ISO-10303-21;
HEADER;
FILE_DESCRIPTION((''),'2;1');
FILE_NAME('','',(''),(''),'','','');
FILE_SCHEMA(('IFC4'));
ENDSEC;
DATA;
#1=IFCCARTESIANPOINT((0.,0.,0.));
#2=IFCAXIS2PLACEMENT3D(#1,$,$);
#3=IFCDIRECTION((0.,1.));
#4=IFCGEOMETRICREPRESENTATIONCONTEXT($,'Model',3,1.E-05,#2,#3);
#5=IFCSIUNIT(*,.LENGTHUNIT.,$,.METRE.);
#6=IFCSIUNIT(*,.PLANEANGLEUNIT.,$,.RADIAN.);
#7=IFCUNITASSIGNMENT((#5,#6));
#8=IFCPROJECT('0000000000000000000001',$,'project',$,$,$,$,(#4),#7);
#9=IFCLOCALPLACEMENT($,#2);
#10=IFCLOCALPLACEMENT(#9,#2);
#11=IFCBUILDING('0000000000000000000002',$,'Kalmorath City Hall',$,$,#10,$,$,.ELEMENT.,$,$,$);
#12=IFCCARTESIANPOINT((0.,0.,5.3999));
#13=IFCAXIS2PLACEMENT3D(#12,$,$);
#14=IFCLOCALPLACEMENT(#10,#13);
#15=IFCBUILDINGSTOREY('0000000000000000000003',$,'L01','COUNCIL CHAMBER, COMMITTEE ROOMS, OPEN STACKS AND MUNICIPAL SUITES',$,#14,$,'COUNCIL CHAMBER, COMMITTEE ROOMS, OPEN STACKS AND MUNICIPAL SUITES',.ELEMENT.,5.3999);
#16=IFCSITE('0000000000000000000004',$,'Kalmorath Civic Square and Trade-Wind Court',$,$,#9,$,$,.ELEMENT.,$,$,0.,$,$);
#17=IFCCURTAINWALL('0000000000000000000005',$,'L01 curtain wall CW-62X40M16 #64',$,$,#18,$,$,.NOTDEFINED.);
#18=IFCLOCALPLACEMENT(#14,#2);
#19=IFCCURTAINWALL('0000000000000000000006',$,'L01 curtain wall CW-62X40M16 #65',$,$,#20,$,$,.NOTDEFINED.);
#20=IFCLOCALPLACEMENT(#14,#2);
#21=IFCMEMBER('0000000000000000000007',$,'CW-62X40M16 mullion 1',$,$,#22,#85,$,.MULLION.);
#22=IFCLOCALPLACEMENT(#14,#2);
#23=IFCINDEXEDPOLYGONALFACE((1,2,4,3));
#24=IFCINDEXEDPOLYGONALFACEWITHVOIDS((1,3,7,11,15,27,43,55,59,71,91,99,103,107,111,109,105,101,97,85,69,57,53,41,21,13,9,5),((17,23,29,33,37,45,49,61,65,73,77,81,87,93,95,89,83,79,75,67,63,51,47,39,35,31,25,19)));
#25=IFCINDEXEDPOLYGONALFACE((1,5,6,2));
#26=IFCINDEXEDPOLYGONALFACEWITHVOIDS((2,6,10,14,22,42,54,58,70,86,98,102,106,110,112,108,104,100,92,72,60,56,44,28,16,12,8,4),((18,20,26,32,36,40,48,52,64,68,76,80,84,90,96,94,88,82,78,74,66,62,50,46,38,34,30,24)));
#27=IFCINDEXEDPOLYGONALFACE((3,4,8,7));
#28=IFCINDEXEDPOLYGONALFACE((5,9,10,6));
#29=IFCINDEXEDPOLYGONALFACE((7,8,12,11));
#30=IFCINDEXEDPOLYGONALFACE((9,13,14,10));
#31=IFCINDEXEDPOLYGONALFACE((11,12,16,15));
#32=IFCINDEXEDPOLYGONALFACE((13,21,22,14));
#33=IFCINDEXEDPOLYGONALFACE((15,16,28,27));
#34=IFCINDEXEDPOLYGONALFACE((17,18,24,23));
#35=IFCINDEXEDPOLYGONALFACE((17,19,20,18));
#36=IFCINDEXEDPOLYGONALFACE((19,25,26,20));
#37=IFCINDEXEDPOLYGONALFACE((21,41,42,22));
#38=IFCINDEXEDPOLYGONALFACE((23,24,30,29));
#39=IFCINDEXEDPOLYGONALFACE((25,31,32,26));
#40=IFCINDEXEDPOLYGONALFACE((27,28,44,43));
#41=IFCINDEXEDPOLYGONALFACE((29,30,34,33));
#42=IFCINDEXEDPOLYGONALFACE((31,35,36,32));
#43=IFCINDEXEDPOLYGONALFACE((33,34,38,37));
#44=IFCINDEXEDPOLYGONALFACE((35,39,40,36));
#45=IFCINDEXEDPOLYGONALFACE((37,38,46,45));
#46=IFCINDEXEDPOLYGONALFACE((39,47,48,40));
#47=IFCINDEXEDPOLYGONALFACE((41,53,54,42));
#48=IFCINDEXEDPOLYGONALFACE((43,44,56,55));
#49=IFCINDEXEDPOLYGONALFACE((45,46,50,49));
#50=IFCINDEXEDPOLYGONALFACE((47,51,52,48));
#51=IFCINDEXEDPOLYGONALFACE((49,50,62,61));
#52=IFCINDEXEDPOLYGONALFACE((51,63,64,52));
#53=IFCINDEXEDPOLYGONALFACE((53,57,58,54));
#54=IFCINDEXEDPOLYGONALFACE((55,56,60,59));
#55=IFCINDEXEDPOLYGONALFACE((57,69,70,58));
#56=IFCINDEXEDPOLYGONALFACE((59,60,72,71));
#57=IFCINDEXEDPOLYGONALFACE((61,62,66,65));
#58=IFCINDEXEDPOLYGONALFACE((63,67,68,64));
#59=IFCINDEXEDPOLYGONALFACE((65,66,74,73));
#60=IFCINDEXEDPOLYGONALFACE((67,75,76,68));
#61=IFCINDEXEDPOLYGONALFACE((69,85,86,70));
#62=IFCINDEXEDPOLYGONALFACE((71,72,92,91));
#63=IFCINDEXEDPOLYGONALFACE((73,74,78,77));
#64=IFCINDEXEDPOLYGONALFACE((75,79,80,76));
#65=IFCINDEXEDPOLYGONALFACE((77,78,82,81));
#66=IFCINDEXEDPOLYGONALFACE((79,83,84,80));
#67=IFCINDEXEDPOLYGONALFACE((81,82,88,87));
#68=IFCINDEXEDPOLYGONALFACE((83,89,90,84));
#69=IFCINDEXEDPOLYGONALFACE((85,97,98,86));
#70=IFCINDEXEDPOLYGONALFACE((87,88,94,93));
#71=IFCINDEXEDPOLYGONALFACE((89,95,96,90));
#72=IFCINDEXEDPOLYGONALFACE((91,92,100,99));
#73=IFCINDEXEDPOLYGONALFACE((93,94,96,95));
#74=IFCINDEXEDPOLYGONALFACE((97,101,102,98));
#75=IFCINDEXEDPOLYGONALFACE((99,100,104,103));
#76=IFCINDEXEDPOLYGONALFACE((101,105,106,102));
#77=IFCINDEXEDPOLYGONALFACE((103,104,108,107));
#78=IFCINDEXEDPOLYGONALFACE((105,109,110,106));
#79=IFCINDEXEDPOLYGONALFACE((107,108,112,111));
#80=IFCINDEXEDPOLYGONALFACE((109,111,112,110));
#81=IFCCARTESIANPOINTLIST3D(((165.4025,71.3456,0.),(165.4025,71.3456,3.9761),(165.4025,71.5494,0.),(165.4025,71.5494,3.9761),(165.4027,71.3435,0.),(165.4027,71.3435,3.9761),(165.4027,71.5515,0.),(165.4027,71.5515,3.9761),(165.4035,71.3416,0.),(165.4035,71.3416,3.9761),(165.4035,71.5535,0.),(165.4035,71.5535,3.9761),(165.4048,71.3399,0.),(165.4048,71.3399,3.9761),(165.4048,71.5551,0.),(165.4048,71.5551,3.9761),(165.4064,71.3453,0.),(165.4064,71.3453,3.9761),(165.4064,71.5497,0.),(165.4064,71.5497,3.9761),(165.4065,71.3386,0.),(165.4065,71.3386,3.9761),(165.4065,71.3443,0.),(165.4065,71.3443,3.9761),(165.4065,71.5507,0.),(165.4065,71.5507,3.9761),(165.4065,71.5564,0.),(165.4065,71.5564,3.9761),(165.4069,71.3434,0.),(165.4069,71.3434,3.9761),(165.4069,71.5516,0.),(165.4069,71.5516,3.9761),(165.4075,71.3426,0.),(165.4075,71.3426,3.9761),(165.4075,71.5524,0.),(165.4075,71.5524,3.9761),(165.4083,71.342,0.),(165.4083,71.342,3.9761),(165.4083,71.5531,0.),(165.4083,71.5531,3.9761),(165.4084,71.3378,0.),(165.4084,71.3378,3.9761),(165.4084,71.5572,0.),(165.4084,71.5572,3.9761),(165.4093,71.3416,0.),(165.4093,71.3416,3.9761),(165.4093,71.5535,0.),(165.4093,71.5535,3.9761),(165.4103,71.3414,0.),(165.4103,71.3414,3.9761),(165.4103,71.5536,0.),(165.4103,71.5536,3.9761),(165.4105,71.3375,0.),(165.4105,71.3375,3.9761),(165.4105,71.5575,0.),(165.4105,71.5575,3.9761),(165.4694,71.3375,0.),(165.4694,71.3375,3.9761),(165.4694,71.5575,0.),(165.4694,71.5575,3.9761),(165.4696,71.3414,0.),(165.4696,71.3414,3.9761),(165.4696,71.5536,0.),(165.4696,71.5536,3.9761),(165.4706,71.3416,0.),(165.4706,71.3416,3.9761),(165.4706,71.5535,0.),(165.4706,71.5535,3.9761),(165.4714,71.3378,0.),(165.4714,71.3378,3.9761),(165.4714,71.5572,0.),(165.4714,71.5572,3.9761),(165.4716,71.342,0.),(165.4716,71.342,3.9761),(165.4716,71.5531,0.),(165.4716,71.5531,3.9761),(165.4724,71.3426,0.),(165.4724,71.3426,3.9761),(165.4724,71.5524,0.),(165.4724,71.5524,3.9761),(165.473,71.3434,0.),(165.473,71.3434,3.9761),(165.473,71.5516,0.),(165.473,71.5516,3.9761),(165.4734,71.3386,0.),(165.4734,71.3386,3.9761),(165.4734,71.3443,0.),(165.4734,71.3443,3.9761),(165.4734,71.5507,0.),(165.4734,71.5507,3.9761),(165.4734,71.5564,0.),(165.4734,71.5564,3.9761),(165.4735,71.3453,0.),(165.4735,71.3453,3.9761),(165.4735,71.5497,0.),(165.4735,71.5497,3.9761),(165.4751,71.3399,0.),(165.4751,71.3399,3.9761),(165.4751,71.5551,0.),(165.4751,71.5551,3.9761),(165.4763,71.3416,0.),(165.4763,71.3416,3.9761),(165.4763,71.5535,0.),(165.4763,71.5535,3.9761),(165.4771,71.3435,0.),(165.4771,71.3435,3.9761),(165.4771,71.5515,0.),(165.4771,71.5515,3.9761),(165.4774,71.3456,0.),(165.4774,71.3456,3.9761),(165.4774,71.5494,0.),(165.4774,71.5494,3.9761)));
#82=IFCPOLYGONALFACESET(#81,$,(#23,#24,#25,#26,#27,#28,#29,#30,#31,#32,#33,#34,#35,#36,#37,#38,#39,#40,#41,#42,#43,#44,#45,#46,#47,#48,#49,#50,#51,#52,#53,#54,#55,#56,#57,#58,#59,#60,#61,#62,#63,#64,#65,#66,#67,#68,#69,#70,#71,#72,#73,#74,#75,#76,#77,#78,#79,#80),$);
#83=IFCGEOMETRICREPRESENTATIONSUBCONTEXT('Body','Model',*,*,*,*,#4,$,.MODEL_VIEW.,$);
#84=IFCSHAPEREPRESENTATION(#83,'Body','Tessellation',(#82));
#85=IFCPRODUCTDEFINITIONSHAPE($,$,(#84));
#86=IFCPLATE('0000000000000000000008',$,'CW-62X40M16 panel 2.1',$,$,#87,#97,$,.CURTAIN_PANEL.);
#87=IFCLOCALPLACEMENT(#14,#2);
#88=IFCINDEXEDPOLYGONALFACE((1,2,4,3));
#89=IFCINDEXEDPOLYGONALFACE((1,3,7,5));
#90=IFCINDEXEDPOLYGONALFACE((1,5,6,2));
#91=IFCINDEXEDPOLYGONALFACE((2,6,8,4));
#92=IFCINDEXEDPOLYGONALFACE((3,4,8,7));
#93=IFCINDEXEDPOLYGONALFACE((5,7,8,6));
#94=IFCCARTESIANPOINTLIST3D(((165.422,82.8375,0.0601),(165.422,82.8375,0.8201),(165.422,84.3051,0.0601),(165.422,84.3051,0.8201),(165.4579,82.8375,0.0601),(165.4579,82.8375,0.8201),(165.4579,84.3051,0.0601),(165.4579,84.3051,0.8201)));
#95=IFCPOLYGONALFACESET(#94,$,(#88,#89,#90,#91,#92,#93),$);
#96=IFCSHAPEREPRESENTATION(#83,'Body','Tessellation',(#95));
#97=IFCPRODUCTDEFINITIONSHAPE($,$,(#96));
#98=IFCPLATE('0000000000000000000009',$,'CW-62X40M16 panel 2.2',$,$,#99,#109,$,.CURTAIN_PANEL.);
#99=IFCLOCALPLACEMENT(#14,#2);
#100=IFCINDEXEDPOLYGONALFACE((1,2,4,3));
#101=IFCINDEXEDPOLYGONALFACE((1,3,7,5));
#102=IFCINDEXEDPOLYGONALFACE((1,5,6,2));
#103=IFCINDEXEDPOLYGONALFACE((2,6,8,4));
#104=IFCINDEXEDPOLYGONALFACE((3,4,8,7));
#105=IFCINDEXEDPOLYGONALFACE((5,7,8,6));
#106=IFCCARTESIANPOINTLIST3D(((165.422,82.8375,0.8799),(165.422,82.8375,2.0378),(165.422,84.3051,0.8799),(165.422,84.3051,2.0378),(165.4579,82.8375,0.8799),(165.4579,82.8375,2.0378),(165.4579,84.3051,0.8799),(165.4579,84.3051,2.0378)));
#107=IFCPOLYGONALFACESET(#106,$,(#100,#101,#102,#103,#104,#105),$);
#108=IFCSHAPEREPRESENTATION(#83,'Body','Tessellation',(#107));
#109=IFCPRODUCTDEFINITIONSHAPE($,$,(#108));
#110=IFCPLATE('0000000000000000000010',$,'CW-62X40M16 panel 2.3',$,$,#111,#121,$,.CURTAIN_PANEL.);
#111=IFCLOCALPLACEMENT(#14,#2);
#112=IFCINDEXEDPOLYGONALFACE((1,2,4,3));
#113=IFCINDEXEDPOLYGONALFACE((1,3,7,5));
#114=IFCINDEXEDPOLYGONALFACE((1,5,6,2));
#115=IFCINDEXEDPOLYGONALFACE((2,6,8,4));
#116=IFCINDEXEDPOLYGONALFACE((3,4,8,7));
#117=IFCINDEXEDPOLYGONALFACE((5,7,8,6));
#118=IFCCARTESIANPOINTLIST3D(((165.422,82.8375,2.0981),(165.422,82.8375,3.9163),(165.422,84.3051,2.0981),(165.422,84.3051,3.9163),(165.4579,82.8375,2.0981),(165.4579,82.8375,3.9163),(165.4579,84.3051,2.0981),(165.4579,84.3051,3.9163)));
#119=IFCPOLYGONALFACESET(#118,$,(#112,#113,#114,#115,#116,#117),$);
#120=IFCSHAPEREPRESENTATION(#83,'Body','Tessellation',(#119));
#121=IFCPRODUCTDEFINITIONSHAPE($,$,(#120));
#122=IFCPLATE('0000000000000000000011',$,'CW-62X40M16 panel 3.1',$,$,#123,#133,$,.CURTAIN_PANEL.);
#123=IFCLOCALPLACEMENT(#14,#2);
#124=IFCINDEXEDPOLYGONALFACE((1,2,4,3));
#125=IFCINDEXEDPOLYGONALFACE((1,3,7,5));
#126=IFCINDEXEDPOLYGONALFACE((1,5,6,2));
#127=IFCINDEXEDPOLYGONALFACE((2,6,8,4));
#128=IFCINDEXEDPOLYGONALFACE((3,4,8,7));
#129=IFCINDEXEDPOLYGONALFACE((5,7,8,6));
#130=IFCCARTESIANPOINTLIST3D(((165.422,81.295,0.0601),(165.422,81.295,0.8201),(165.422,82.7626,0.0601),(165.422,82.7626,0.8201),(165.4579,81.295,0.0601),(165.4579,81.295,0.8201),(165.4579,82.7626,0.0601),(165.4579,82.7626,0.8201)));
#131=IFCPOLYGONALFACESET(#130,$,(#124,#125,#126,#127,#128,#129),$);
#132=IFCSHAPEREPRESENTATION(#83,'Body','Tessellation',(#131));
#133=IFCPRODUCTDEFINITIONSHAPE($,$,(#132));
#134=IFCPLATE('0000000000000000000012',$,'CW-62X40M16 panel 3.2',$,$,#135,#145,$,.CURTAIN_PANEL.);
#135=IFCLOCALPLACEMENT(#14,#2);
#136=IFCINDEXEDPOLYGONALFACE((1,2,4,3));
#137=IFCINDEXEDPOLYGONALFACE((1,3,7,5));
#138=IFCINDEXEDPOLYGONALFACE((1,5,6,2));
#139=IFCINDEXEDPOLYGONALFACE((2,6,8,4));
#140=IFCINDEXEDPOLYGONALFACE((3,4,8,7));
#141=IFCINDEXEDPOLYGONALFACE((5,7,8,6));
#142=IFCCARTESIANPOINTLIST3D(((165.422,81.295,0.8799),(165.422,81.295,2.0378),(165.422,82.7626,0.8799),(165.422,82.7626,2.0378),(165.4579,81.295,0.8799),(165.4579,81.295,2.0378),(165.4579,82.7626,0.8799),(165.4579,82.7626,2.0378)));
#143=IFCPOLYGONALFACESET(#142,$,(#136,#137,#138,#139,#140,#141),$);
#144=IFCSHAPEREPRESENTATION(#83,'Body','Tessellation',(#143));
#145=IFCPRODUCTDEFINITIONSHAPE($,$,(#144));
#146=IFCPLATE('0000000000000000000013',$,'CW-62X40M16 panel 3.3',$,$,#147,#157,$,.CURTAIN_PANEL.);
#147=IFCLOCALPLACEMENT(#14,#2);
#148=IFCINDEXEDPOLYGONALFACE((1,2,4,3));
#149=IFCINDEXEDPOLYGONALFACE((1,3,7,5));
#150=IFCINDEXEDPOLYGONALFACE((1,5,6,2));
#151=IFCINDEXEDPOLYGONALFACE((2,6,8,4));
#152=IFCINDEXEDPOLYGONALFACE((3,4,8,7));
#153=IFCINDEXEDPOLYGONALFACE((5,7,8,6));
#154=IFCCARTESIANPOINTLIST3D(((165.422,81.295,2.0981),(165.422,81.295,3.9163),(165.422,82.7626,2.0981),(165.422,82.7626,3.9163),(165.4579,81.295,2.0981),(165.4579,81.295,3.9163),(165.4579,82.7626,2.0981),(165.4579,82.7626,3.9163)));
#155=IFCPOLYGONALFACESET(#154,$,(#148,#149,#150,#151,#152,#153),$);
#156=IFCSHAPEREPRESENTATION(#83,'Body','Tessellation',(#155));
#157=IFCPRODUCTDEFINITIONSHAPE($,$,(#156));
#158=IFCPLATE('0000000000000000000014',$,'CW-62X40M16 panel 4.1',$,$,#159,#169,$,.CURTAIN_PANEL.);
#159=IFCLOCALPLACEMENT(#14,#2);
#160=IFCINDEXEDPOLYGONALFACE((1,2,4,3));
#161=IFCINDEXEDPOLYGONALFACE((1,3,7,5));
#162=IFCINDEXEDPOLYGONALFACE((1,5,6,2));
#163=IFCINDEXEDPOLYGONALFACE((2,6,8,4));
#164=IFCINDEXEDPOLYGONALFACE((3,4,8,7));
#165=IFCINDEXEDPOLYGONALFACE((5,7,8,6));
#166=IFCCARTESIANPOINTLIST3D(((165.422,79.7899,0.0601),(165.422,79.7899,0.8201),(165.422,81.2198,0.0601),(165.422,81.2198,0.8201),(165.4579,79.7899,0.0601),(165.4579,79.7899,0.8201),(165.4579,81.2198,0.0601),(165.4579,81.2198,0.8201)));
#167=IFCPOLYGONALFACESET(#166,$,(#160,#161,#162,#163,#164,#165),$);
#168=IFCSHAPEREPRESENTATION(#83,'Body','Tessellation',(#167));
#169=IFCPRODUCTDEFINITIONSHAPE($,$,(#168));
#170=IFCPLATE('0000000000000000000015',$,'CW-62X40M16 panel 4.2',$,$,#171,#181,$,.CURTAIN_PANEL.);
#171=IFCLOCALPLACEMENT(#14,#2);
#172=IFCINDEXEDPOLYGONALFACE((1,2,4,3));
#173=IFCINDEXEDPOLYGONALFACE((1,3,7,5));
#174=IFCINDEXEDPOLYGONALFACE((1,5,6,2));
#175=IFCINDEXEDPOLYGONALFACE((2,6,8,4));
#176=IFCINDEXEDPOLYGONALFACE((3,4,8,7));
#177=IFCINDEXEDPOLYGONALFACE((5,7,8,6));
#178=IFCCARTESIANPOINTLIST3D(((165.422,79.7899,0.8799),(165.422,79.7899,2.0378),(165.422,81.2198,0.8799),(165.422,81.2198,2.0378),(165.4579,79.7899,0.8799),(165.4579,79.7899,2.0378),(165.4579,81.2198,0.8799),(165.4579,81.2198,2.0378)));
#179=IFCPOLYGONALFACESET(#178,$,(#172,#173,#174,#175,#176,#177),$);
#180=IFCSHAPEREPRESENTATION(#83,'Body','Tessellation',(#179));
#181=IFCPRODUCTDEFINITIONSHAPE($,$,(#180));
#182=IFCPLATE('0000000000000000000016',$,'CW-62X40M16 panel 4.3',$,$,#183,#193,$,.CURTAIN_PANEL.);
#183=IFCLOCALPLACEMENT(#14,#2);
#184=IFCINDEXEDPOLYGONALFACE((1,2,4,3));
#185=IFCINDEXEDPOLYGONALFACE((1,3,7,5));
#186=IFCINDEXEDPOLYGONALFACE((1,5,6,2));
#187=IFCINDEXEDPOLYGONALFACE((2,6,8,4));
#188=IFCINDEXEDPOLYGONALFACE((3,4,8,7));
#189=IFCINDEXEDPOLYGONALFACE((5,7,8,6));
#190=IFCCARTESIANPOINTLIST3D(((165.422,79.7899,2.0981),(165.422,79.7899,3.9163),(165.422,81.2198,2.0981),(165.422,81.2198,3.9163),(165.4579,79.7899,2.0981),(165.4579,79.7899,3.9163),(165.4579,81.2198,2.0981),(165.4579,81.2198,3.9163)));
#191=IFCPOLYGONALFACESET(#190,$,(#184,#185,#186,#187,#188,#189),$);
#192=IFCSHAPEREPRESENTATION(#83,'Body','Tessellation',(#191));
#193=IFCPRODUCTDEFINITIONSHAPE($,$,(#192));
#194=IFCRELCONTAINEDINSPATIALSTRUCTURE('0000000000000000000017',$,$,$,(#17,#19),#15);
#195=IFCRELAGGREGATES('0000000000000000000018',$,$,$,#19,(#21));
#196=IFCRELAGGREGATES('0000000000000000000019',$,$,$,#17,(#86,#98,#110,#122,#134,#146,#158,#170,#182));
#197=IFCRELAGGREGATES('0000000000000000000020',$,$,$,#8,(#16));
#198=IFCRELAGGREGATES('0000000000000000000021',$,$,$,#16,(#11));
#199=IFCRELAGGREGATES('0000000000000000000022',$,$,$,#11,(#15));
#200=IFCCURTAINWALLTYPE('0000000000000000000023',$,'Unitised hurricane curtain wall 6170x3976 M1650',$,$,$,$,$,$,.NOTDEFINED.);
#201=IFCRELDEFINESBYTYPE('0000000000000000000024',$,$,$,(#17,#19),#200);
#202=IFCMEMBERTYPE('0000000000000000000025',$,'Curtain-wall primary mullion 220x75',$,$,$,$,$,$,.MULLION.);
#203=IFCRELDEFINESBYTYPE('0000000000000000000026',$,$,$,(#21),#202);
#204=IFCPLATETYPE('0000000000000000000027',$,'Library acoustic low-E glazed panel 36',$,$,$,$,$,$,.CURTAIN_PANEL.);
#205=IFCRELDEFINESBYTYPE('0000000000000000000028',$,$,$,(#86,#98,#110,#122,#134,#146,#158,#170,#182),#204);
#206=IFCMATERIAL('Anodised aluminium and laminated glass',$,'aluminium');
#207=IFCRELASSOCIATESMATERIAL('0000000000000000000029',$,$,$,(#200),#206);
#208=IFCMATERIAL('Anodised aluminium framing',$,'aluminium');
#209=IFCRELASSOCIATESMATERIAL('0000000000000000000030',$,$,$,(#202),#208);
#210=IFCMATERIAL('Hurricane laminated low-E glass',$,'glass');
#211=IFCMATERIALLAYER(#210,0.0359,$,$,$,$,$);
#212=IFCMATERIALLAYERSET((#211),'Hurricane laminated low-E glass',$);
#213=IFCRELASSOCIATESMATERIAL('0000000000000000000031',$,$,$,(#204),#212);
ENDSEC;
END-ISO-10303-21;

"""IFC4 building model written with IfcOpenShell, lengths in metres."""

from ifc_helpers import new_model, si_unit, direction, frame, origin, origin_2d, place, context, subcontext, project, spatial, rectangle, hollow_rectangle, extrude, material, layer, layer_set, material_profile, profile_set, type_object, element, aggregate, save


model = new_model("IFC4")

# Units and contexts
model_context = context("Model", 3, precision=1e-05, world=origin(), true_north=direction((0.0, 1.0)))
body_context = subcontext(model_context, "Body", "Model", "MODEL_VIEW")
ifc_project = project(units=[si_unit("LENGTHUNIT", "METRE"), si_unit("PLANEANGLEUNIT", "RADIAN")], contexts=[model_context])

# Site, building, storey
site_placement = place(None, origin())
site = spatial("IfcSite", under=ifc_project, at=site_placement, Name="Kalmorath Civic Square and Trade-Wind Court", CompositionType="ELEMENT", RefElevation=0.0)
building_placement = place(site_placement, origin())
building = spatial("IfcBuilding", under=site, at=building_placement, Name="Kalmorath City Hall", CompositionType="ELEMENT")
storey_placement = place(building_placement, frame((0.0, 0.0, 5.3999)))
storey = spatial("IfcBuildingStorey", under=building, at=storey_placement, Name="L01", Description="COUNCIL CHAMBER, COMMITTEE ROOMS, OPEN STACKS AND MUNICIPAL SUITES", LongName="COUNCIL CHAMBER, COMMITTEE ROOMS, OPEN STACKS AND MUNICIPAL SUITES", CompositionType="ELEMENT", Elevation=5.3999)

# Curtain wall
ifc_material_1 = material(Name="Anodised aluminium and laminated glass", Category="aluminium")
curtain_wall_type = type_object("IfcCurtainWallType", Name="Unitised hurricane curtain wall 6170x3976 M1650", PredefinedType="NOTDEFINED", material=ifc_material_1)
curtain_wall_1_placement = place(storey_placement, origin())
curtain_wall_1 = element("IfcCurtainWall", 1, at=curtain_wall_1_placement, inside=storey, type_object=curtain_wall_type, Name="L01 curtain wall CW-62X40M16 #64", PredefinedType="NOTDEFINED")
ifc_material_2 = material(Name="Anodised aluminium framing", Category="aluminium")
ifc_material_profile_1 = material_profile(ifc_material_2, hollow_rectangle(XDim=0.075, YDim=0.22, WallThickness=0.0039, InnerFilletRadius=0.0039, OuterFilletRadius=0.0081, at=origin_2d()), Name="ALU-MUL-220X75X4")
ifc_profile_set_1 = profile_set([ifc_material_profile_1], Name="Anodised aluminium framing")
member_type_1 = type_object("IfcMemberType", Name="Curtain-wall primary mullion 220x75", PredefinedType="MULLION", material=ifc_profile_set_1)

# Curtain wall, member
curtain_wall_2_placement = place(storey_placement, origin())
curtain_wall_2 = element("IfcCurtainWall", 2, at=curtain_wall_2_placement, inside=storey, type_object=curtain_wall_type, Name="L01 curtain wall CW-62X40M16 #65", PredefinedType="NOTDEFINED")
member_1_placement = place(storey_placement, frame((165.4399, 71.4475, 0.0), z_axis=(0.0, 0.0, 1.0), x_axis=(1.0, 0.0, 0.0)))
member_1 = element("IfcMember", 3, at=member_1_placement, type_object=member_type_1, Name="CW-62X40M16 mullion 1", PredefinedType="MULLION", context=body_context, shape_type="SweptSolid", body=[
    extrude(hollow_rectangle(XDim=0.075, YDim=0.22, WallThickness=0.0039, InnerFilletRadius=0.0039, OuterFilletRadius=0.0081, at=origin_2d()), origin(), (0.0, 0.0, 1.0), 3.9761),
])
aggregate(curtain_wall_2, [member_1])

# Plates
ifc_material_3 = material(Name="Hurricane laminated low-E glass", Category="glass")
ifc_layer_1 = layer(ifc_material_3, 0.0359)
ifc_layer_set_1 = layer_set([ifc_layer_1], Name="Hurricane laminated low-E glass")
plate_type = type_object("IfcPlateType", Name="Library acoustic low-E glazed panel 36", PredefinedType="CURTAIN_PANEL", material=ifc_layer_set_1)
plate_1_placement = place(storey_placement, frame((165.4399, 83.5713, 0.0601), z_axis=(0.0, 0.0, 1.0), x_axis=(0.0, -1.0, 0.0)))
plate_1 = element("IfcPlate", 4, at=plate_1_placement, type_object=plate_type, Name="CW-62X40M16 panel 2.1", PredefinedType="CURTAIN_PANEL", context=body_context, shape_type="SweptSolid", body=[
    extrude(rectangle(XDim=1.4675, YDim=0.0359, at=origin_2d()), origin(), (0.0, 0.0, 1.0), 0.76),
])
plate_2_placement = place(storey_placement, frame((165.4399, 83.5713, 0.8799), z_axis=(0.0, 0.0, 1.0), x_axis=(0.0, -1.0, 0.0)))
plate_2 = element("IfcPlate", 5, at=plate_2_placement, type_object=plate_type, Name="CW-62X40M16 panel 2.2", PredefinedType="CURTAIN_PANEL", context=body_context, shape_type="SweptSolid", body=[
    extrude(rectangle(XDim=1.4675, YDim=0.0359, at=origin_2d()), origin(), (0.0, 0.0, 1.0), 1.158),
])
plate_3_placement = place(storey_placement, frame((165.4399, 83.5713, 2.0981), z_axis=(0.0, 0.0, 1.0), x_axis=(0.0, -1.0, 0.0)))
plate_3 = element("IfcPlate", 6, at=plate_3_placement, type_object=plate_type, Name="CW-62X40M16 panel 2.3", PredefinedType="CURTAIN_PANEL", context=body_context, shape_type="SweptSolid", body=[
    extrude(rectangle(XDim=1.4675, YDim=0.0359, at=origin_2d()), origin(), (0.0, 0.0, 1.0), 1.8181),
])
plate_4_placement = place(storey_placement, frame((165.4399, 82.0288, 0.0601), z_axis=(0.0, 0.0, 1.0), x_axis=(0.0, -1.0, 0.0)))
plate_4 = element("IfcPlate", 7, at=plate_4_placement, type_object=plate_type, Name="CW-62X40M16 panel 3.1", PredefinedType="CURTAIN_PANEL", context=body_context, shape_type="SweptSolid", body=[
    extrude(rectangle(XDim=1.4675, YDim=0.0359, at=origin_2d()), origin(), (0.0, 0.0, 1.0), 0.76),
])
plate_5_placement = place(storey_placement, frame((165.4399, 82.0288, 0.8799), z_axis=(0.0, 0.0, 1.0), x_axis=(0.0, -1.0, 0.0)))
plate_5 = element("IfcPlate", 8, at=plate_5_placement, type_object=plate_type, Name="CW-62X40M16 panel 3.2", PredefinedType="CURTAIN_PANEL", context=body_context, shape_type="SweptSolid", body=[
    extrude(rectangle(XDim=1.4675, YDim=0.0359, at=origin_2d()), origin(), (0.0, 0.0, 1.0), 1.158),
])
plate_6_placement = place(storey_placement, frame((165.4399, 82.0288, 2.0981), z_axis=(0.0, 0.0, 1.0), x_axis=(0.0, -1.0, 0.0)))
plate_6 = element("IfcPlate", 9, at=plate_6_placement, type_object=plate_type, Name="CW-62X40M16 panel 3.3", PredefinedType="CURTAIN_PANEL", context=body_context, shape_type="SweptSolid", body=[
    extrude(rectangle(XDim=1.4675, YDim=0.0359, at=origin_2d()), origin(), (0.0, 0.0, 1.0), 1.8181),
])
plate_7_placement = place(storey_placement, frame((165.4399, 80.5049, 0.0601), z_axis=(0.0, 0.0, 1.0), x_axis=(0.0, -1.0, 0.0)))
plate_7 = element("IfcPlate", 10, at=plate_7_placement, type_object=plate_type, Name="CW-62X40M16 panel 4.1", PredefinedType="CURTAIN_PANEL", context=body_context, shape_type="SweptSolid", body=[
    extrude(rectangle(XDim=1.4299, YDim=0.0359, at=origin_2d()), origin(), (0.0, 0.0, 1.0), 0.76),
])
plate_8_placement = place(storey_placement, frame((165.4399, 80.5049, 0.8799), z_axis=(0.0, 0.0, 1.0), x_axis=(0.0, -1.0, 0.0)))
plate_8 = element("IfcPlate", 11, at=plate_8_placement, type_object=plate_type, Name="CW-62X40M16 panel 4.2", PredefinedType="CURTAIN_PANEL", context=body_context, shape_type="SweptSolid", body=[
    extrude(rectangle(XDim=1.4299, YDim=0.0359, at=origin_2d()), origin(), (0.0, 0.0, 1.0), 1.158),
])
plate_9_placement = place(storey_placement, frame((165.4399, 80.5049, 2.0981), z_axis=(0.0, 0.0, 1.0), x_axis=(0.0, -1.0, 0.0)))
plate_9 = element("IfcPlate", 12, at=plate_9_placement, type_object=plate_type, Name="CW-62X40M16 panel 4.3", PredefinedType="CURTAIN_PANEL", context=body_context, shape_type="SweptSolid", body=[
    extrude(rectangle(XDim=1.4299, YDim=0.0359, at=origin_2d()), origin(), (0.0, 0.0, 1.0), 1.8181),
])
aggregate(curtain_wall_1, [plate_1, plate_2, plate_3, plate_4, plate_5, plate_6, plate_7, plate_8, plate_9])

save(model, "model.ifc")
